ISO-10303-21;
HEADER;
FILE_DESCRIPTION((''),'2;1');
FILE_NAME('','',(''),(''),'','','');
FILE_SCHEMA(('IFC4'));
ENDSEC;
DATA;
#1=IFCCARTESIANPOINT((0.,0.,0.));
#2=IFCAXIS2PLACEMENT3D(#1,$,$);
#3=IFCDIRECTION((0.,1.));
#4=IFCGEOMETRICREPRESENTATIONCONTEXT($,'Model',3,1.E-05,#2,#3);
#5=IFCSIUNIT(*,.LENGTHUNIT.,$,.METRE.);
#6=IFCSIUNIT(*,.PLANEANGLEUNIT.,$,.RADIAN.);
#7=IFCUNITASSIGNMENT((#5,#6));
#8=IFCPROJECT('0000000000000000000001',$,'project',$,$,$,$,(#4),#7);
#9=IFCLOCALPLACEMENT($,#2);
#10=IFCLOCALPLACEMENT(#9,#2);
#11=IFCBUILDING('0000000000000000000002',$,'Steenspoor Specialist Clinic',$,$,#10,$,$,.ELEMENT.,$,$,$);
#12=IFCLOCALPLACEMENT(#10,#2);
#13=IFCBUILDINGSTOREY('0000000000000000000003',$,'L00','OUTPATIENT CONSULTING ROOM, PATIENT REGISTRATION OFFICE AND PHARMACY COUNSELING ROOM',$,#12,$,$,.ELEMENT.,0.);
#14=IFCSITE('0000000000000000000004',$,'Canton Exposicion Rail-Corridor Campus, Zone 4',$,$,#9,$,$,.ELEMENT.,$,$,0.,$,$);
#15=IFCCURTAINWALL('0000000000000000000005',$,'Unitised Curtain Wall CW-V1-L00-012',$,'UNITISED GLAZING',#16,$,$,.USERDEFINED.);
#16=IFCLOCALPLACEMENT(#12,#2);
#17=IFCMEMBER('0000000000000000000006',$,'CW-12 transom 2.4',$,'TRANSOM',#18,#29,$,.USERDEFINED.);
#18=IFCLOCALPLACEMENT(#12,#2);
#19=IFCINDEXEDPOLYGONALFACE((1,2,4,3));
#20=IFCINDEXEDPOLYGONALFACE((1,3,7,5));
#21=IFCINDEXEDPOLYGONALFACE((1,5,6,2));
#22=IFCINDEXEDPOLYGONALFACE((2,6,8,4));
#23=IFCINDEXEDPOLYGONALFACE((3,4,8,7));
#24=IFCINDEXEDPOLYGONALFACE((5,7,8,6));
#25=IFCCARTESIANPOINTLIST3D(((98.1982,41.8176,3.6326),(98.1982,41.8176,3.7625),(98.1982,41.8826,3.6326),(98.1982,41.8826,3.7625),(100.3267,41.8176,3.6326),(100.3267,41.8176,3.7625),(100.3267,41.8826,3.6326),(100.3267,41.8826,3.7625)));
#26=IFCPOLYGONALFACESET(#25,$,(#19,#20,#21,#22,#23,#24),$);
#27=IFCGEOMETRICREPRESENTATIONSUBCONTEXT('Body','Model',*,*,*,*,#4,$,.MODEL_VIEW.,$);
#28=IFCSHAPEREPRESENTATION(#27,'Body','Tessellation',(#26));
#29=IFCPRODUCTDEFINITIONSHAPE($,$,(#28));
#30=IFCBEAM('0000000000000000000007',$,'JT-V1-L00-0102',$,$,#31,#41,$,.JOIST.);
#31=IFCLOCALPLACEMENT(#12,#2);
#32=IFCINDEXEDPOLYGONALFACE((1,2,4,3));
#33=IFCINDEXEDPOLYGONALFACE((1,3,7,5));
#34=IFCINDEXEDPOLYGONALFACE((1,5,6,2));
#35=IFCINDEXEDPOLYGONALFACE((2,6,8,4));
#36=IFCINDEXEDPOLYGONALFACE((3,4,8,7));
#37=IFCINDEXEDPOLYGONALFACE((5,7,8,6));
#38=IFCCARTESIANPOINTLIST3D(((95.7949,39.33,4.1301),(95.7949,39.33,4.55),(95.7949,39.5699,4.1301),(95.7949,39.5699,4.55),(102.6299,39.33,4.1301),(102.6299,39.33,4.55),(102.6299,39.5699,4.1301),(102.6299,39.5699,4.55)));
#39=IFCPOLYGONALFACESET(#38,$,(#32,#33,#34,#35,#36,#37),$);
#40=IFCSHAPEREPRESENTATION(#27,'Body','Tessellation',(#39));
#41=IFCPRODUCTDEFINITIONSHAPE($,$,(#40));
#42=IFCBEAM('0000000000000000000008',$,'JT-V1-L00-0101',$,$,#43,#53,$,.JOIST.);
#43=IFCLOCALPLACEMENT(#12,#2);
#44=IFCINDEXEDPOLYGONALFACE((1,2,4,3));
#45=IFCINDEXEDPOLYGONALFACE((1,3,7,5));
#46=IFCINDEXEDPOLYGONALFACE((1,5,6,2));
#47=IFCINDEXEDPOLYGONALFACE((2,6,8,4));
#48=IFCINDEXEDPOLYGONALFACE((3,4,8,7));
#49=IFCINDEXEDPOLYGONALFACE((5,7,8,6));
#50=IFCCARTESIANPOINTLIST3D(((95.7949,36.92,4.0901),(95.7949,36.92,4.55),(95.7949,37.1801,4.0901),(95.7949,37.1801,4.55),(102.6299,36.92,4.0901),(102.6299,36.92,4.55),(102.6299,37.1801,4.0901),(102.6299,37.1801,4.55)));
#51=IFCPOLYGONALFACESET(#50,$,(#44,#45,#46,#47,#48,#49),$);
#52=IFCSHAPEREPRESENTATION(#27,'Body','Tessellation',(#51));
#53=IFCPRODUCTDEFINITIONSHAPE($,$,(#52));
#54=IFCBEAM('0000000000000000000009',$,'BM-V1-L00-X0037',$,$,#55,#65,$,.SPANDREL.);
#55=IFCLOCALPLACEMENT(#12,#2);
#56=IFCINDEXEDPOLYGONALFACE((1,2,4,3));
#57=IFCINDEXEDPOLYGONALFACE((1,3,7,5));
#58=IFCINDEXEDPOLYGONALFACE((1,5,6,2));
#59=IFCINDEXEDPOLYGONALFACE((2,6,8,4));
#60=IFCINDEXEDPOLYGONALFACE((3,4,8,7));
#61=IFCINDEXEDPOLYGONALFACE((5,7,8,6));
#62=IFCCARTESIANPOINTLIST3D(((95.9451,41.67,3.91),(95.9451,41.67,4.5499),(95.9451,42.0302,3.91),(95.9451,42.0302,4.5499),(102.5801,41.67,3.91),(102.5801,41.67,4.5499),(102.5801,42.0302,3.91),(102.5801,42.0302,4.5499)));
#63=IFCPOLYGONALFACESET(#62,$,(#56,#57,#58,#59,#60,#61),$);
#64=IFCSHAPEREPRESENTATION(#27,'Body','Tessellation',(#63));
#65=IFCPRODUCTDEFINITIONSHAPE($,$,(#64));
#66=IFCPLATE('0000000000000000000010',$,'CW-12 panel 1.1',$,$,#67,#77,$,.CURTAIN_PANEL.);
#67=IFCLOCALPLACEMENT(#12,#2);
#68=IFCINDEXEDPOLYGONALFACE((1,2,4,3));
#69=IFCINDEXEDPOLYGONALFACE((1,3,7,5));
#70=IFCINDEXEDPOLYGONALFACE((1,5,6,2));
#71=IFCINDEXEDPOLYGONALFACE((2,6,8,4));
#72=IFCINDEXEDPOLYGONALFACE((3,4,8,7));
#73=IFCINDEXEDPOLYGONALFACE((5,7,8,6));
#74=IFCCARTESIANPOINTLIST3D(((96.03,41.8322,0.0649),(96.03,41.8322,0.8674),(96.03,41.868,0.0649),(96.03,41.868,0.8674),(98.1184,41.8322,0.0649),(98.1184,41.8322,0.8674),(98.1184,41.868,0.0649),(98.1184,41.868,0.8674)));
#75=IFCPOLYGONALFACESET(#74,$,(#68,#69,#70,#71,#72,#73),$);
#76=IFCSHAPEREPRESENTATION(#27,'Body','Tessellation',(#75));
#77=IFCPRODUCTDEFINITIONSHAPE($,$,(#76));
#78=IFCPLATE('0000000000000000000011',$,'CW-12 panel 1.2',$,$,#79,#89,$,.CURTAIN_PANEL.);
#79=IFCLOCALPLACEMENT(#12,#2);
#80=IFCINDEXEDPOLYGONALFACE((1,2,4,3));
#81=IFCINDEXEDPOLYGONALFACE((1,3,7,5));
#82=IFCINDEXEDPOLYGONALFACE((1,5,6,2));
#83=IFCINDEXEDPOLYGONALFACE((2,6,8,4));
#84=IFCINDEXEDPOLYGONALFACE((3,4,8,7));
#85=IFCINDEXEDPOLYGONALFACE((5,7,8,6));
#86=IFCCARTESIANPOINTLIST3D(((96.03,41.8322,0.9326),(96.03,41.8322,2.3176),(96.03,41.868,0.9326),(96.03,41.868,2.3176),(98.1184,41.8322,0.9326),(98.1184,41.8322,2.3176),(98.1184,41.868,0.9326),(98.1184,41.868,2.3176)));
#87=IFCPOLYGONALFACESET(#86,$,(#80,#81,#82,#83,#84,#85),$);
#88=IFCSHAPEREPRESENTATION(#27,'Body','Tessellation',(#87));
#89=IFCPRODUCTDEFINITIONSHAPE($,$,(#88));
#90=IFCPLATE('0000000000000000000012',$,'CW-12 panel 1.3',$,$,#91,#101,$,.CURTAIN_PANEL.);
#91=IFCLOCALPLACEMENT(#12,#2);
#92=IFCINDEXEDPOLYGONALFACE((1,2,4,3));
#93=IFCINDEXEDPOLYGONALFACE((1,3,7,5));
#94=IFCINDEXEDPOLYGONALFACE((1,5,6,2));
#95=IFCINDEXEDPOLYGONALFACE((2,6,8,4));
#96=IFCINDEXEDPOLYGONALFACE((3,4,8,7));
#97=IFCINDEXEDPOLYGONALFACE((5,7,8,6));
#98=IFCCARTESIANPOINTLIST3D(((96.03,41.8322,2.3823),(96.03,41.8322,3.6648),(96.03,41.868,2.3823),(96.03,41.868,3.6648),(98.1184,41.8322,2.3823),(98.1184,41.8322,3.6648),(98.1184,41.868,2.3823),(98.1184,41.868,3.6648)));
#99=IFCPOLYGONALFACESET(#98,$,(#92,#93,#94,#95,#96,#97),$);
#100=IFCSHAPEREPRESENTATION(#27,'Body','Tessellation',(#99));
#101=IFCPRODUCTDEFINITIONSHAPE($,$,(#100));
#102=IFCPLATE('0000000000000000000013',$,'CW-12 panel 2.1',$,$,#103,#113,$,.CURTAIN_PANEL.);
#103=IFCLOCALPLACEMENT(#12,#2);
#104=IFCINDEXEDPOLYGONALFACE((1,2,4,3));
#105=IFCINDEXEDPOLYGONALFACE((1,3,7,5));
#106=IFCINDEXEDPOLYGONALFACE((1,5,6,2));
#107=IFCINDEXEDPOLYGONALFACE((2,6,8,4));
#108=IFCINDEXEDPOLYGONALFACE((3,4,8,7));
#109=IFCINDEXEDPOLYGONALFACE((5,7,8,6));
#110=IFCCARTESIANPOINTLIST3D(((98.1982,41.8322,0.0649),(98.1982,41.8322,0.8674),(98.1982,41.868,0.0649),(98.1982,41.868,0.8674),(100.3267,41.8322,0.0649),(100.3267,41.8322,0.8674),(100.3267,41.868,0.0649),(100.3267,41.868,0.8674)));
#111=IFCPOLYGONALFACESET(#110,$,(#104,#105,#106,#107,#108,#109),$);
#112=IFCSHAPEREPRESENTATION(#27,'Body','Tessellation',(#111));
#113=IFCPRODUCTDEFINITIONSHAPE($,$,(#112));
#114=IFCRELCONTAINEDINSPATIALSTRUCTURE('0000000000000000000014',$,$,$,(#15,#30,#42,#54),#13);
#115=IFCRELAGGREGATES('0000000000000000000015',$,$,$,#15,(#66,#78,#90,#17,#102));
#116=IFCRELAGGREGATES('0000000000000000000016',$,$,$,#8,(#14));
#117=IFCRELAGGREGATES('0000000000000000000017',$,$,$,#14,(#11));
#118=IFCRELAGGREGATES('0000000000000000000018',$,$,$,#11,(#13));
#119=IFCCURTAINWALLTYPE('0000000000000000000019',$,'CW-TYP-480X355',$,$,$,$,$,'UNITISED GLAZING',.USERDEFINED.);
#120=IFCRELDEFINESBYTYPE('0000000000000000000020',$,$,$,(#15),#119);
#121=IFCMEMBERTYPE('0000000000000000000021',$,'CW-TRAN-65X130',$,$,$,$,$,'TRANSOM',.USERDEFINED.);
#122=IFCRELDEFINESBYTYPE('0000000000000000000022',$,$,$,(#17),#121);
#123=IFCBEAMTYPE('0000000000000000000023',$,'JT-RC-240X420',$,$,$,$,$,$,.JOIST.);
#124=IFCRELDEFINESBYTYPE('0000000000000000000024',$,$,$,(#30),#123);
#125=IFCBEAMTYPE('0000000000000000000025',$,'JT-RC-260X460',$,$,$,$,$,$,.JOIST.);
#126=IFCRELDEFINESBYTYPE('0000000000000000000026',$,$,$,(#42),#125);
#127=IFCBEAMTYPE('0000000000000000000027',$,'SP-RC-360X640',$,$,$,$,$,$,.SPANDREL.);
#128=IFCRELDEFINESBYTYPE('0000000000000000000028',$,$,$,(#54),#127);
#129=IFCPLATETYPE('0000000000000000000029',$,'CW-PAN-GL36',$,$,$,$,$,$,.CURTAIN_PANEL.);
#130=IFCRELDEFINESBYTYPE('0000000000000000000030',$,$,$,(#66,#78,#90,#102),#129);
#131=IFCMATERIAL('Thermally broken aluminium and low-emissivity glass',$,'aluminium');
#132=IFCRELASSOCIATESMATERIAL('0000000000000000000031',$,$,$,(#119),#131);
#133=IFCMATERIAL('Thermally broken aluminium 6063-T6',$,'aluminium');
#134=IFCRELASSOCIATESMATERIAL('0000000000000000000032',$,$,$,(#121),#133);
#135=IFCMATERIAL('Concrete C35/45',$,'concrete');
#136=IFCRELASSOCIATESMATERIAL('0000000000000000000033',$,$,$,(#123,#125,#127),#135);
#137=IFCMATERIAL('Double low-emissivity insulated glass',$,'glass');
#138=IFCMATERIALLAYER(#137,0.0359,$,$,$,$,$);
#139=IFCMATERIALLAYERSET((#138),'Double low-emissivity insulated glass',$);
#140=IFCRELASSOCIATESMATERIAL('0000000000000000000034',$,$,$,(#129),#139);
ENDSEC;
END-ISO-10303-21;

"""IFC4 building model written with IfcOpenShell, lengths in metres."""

from ifc_helpers import new_model, si_unit, direction, frame, origin, origin_2d, place, context, subcontext, project, spatial, rectangle, extrude, material, layer, layer_set, material_profile, profile_set, type_object, element, aggregate, save


model = new_model("IFC4")

# Units and contexts
model_context = context("Model", 3, precision=1e-05, world=origin(), true_north=direction((0.0, 1.0)))
body_context = subcontext(model_context, "Body", "Model", "MODEL_VIEW")
ifc_project = project(units=[si_unit("LENGTHUNIT", "METRE"), si_unit("PLANEANGLEUNIT", "RADIAN")], contexts=[model_context])

# Site, building, storey
site_placement = place(None, origin())
site = spatial("IfcSite", under=ifc_project, at=site_placement, Name="Canton Exposicion Rail-Corridor Campus, Zone 4", CompositionType="ELEMENT", RefElevation=0.0)
building_placement = place(site_placement, origin())
building = spatial("IfcBuilding", under=site, at=building_placement, Name="Steenspoor Specialist Clinic", CompositionType="ELEMENT")
storey_placement = place(building_placement, origin())
storey = spatial("IfcBuildingStorey", under=building, at=storey_placement, Name="L00", Description="OUTPATIENT CONSULTING ROOM, PATIENT REGISTRATION OFFICE AND PHARMACY COUNSELING ROOM", CompositionType="ELEMENT", Elevation=0.0)

# Shared definitions
ifc_material_1 = material(Name="Concrete C35/45", Category="concrete")

# Curtain wall, member
ifc_material_2 = material(Name="Thermally broken aluminium and low-emissivity glass", Category="aluminium")
curtain_wall_type = type_object("IfcCurtainWallType", Name="CW-TYP-480X355", ElementType="UNITISED GLAZING", PredefinedType="USERDEFINED", material=ifc_material_2)
curtain_wall_placement = place(storey_placement, origin())
curtain_wall = element("IfcCurtainWall", 1, at=curtain_wall_placement, inside=storey, type_object=curtain_wall_type, Name="Unitised Curtain Wall CW-V1-L00-012", ObjectType="UNITISED GLAZING", PredefinedType="USERDEFINED")
ifc_material_3 = material(Name="Thermally broken aluminium 6063-T6", Category="aluminium")
ifc_material_profile_1 = material_profile(ifc_material_3, rectangle(XDim=0.0649, YDim=0.1299, at=origin_2d()), Name="CWT-65X130")
ifc_profile_set_1 = profile_set([ifc_material_profile_1], Name="Thermally broken aluminium 6063-T6")
member_type_1 = type_object("IfcMemberType", Name="CW-TRAN-65X130", ElementType="TRANSOM", PredefinedType="USERDEFINED", material=ifc_profile_set_1)
member_1_placement = place(storey_placement, frame((98.1982, 41.8501, 3.6975), z_axis=(1.0, 0.0, 0.0), x_axis=(0.0, 1.0, 0.0)))
member_1 = element("IfcMember", 2, at=member_1_placement, type_object=member_type_1, Name="CW-12 transom 2.4", ObjectType="TRANSOM", PredefinedType="USERDEFINED", context=body_context, shape_type="SweptSolid", body=[
    extrude(rectangle(XDim=0.0649, YDim=0.1299, at=origin_2d()), origin(), (0.0, 0.0, 1.0), 2.1284),
])

# Beams
ifc_material_profile_2 = material_profile(ifc_material_1, rectangle(XDim=0.24, YDim=0.4199, at=origin_2d()), Name="RC-JT-240X420")
ifc_profile_set_2 = profile_set([ifc_material_profile_2], Name="Concrete C35/45")
beam_type_1 = type_object("IfcBeamType", Name="JT-RC-240X420", PredefinedType="JOIST", material=ifc_profile_set_2)
beam_1_placement = place(storey_placement, frame((95.7949, 39.45, 4.3401), z_axis=(1.0, 0.0, 0.0), x_axis=(0.0, 1.0, 0.0)))
element("IfcBeam", 3, at=beam_1_placement, inside=storey, type_object=beam_type_1, Name="JT-V1-L00-0102", PredefinedType="JOIST", context=body_context, shape_type="SweptSolid", body=[
    extrude(rectangle(XDim=0.24, YDim=0.4199, at=origin_2d()), origin(), (0.0, 0.0, 1.0), 6.835),
])
ifc_material_profile_3 = material_profile(ifc_material_1, rectangle(XDim=0.26, YDim=0.46, at=origin_2d()), Name="RC-JT-260X460")
ifc_profile_set_3 = profile_set([ifc_material_profile_3], Name="Concrete C35/45")
beam_type_2 = type_object("IfcBeamType", Name="JT-RC-260X460", PredefinedType="JOIST", material=ifc_profile_set_3)
beam_2_placement = place(storey_placement, frame((95.7949, 37.05, 4.3201), z_axis=(1.0, 0.0, 0.0), x_axis=(0.0, 1.0, 0.0)))
element("IfcBeam", 4, at=beam_2_placement, inside=storey, type_object=beam_type_2, Name="JT-V1-L00-0101", PredefinedType="JOIST", context=body_context, shape_type="SweptSolid", body=[
    extrude(rectangle(XDim=0.26, YDim=0.46, at=origin_2d()), origin(), (0.0, 0.0, 1.0), 6.835),
])
ifc_material_profile_4 = material_profile(ifc_material_1, rectangle(XDim=0.3601, YDim=0.6399, at=origin_2d()), Name="RC-SP-360X640")
ifc_profile_set_4 = profile_set([ifc_material_profile_4], Name="Concrete C35/45")
beam_type_3 = type_object("IfcBeamType", Name="SP-RC-360X640", PredefinedType="SPANDREL", material=ifc_profile_set_4)
beam_3_placement = place(storey_placement, frame((95.9451, 41.8501, 4.23), z_axis=(1.0, 0.0, 0.0), x_axis=(0.0, 1.0, 0.0)))
element("IfcBeam", 5, at=beam_3_placement, inside=storey, type_object=beam_type_3, Name="BM-V1-L00-X0037", PredefinedType="SPANDREL", context=body_context, shape_type="SweptSolid", body=[
    extrude(rectangle(XDim=0.3601, YDim=0.6399, at=origin_2d()), origin(), (0.0, 0.0, 1.0), 6.635),
])

# Plates
ifc_material_4 = material(Name="Double low-emissivity insulated glass", Category="glass")
ifc_layer = layer(ifc_material_4, 0.0359)
ifc_layer_set = layer_set([ifc_layer], Name="Double low-emissivity insulated glass")
plate_type = type_object("IfcPlateType", Name="CW-PAN-GL36", PredefinedType="CURTAIN_PANEL", material=ifc_layer_set)
plate_1_placement = place(storey_placement, frame((97.0742, 41.8501, 0.0649), z_axis=(0.0, 0.0, 1.0), x_axis=(1.0, 0.0, 0.0)))
plate_1 = element("IfcPlate", 6, at=plate_1_placement, type_object=plate_type, Name="CW-12 panel 1.1", PredefinedType="CURTAIN_PANEL", context=body_context, shape_type="SweptSolid", body=[
    extrude(rectangle(XDim=2.0884, YDim=0.0359, at=origin_2d()), origin(), (0.0, 0.0, 1.0), 0.8025),
])
plate_2_placement = place(storey_placement, frame((97.0742, 41.8501, 0.9326), z_axis=(0.0, 0.0, 1.0), x_axis=(1.0, 0.0, 0.0)))
plate_2 = element("IfcPlate", 7, at=plate_2_placement, type_object=plate_type, Name="CW-12 panel 1.2", PredefinedType="CURTAIN_PANEL", context=body_context, shape_type="SweptSolid", body=[
    extrude(rectangle(XDim=2.0884, YDim=0.0359, at=origin_2d()), origin(), (0.0, 0.0, 1.0), 1.385),
])
plate_3_placement = place(storey_placement, frame((97.0742, 41.8501, 2.3823), z_axis=(0.0, 0.0, 1.0), x_axis=(1.0, 0.0, 0.0)))
plate_3 = element("IfcPlate", 8, at=plate_3_placement, type_object=plate_type, Name="CW-12 panel 1.3", PredefinedType="CURTAIN_PANEL", context=body_context, shape_type="SweptSolid", body=[
    extrude(rectangle(XDim=2.0884, YDim=0.0359, at=origin_2d()), origin(), (0.0, 0.0, 1.0), 1.2825),
])
plate_4_placement = place(storey_placement, frame((99.2625, 41.8501, 0.0649), z_axis=(0.0, 0.0, 1.0), x_axis=(1.0, 0.0, 0.0)))
plate_4 = element("IfcPlate", 9, at=plate_4_placement, type_object=plate_type, Name="CW-12 panel 2.1", PredefinedType="CURTAIN_PANEL", context=body_context, shape_type="SweptSolid", body=[
    extrude(rectangle(XDim=2.1284, YDim=0.0359, at=origin_2d()), origin(), (0.0, 0.0, 1.0), 0.8025),
])
aggregate(curtain_wall, [plate_1, plate_2, plate_3, member_1, plate_4])

save(model, "model.ifc")
